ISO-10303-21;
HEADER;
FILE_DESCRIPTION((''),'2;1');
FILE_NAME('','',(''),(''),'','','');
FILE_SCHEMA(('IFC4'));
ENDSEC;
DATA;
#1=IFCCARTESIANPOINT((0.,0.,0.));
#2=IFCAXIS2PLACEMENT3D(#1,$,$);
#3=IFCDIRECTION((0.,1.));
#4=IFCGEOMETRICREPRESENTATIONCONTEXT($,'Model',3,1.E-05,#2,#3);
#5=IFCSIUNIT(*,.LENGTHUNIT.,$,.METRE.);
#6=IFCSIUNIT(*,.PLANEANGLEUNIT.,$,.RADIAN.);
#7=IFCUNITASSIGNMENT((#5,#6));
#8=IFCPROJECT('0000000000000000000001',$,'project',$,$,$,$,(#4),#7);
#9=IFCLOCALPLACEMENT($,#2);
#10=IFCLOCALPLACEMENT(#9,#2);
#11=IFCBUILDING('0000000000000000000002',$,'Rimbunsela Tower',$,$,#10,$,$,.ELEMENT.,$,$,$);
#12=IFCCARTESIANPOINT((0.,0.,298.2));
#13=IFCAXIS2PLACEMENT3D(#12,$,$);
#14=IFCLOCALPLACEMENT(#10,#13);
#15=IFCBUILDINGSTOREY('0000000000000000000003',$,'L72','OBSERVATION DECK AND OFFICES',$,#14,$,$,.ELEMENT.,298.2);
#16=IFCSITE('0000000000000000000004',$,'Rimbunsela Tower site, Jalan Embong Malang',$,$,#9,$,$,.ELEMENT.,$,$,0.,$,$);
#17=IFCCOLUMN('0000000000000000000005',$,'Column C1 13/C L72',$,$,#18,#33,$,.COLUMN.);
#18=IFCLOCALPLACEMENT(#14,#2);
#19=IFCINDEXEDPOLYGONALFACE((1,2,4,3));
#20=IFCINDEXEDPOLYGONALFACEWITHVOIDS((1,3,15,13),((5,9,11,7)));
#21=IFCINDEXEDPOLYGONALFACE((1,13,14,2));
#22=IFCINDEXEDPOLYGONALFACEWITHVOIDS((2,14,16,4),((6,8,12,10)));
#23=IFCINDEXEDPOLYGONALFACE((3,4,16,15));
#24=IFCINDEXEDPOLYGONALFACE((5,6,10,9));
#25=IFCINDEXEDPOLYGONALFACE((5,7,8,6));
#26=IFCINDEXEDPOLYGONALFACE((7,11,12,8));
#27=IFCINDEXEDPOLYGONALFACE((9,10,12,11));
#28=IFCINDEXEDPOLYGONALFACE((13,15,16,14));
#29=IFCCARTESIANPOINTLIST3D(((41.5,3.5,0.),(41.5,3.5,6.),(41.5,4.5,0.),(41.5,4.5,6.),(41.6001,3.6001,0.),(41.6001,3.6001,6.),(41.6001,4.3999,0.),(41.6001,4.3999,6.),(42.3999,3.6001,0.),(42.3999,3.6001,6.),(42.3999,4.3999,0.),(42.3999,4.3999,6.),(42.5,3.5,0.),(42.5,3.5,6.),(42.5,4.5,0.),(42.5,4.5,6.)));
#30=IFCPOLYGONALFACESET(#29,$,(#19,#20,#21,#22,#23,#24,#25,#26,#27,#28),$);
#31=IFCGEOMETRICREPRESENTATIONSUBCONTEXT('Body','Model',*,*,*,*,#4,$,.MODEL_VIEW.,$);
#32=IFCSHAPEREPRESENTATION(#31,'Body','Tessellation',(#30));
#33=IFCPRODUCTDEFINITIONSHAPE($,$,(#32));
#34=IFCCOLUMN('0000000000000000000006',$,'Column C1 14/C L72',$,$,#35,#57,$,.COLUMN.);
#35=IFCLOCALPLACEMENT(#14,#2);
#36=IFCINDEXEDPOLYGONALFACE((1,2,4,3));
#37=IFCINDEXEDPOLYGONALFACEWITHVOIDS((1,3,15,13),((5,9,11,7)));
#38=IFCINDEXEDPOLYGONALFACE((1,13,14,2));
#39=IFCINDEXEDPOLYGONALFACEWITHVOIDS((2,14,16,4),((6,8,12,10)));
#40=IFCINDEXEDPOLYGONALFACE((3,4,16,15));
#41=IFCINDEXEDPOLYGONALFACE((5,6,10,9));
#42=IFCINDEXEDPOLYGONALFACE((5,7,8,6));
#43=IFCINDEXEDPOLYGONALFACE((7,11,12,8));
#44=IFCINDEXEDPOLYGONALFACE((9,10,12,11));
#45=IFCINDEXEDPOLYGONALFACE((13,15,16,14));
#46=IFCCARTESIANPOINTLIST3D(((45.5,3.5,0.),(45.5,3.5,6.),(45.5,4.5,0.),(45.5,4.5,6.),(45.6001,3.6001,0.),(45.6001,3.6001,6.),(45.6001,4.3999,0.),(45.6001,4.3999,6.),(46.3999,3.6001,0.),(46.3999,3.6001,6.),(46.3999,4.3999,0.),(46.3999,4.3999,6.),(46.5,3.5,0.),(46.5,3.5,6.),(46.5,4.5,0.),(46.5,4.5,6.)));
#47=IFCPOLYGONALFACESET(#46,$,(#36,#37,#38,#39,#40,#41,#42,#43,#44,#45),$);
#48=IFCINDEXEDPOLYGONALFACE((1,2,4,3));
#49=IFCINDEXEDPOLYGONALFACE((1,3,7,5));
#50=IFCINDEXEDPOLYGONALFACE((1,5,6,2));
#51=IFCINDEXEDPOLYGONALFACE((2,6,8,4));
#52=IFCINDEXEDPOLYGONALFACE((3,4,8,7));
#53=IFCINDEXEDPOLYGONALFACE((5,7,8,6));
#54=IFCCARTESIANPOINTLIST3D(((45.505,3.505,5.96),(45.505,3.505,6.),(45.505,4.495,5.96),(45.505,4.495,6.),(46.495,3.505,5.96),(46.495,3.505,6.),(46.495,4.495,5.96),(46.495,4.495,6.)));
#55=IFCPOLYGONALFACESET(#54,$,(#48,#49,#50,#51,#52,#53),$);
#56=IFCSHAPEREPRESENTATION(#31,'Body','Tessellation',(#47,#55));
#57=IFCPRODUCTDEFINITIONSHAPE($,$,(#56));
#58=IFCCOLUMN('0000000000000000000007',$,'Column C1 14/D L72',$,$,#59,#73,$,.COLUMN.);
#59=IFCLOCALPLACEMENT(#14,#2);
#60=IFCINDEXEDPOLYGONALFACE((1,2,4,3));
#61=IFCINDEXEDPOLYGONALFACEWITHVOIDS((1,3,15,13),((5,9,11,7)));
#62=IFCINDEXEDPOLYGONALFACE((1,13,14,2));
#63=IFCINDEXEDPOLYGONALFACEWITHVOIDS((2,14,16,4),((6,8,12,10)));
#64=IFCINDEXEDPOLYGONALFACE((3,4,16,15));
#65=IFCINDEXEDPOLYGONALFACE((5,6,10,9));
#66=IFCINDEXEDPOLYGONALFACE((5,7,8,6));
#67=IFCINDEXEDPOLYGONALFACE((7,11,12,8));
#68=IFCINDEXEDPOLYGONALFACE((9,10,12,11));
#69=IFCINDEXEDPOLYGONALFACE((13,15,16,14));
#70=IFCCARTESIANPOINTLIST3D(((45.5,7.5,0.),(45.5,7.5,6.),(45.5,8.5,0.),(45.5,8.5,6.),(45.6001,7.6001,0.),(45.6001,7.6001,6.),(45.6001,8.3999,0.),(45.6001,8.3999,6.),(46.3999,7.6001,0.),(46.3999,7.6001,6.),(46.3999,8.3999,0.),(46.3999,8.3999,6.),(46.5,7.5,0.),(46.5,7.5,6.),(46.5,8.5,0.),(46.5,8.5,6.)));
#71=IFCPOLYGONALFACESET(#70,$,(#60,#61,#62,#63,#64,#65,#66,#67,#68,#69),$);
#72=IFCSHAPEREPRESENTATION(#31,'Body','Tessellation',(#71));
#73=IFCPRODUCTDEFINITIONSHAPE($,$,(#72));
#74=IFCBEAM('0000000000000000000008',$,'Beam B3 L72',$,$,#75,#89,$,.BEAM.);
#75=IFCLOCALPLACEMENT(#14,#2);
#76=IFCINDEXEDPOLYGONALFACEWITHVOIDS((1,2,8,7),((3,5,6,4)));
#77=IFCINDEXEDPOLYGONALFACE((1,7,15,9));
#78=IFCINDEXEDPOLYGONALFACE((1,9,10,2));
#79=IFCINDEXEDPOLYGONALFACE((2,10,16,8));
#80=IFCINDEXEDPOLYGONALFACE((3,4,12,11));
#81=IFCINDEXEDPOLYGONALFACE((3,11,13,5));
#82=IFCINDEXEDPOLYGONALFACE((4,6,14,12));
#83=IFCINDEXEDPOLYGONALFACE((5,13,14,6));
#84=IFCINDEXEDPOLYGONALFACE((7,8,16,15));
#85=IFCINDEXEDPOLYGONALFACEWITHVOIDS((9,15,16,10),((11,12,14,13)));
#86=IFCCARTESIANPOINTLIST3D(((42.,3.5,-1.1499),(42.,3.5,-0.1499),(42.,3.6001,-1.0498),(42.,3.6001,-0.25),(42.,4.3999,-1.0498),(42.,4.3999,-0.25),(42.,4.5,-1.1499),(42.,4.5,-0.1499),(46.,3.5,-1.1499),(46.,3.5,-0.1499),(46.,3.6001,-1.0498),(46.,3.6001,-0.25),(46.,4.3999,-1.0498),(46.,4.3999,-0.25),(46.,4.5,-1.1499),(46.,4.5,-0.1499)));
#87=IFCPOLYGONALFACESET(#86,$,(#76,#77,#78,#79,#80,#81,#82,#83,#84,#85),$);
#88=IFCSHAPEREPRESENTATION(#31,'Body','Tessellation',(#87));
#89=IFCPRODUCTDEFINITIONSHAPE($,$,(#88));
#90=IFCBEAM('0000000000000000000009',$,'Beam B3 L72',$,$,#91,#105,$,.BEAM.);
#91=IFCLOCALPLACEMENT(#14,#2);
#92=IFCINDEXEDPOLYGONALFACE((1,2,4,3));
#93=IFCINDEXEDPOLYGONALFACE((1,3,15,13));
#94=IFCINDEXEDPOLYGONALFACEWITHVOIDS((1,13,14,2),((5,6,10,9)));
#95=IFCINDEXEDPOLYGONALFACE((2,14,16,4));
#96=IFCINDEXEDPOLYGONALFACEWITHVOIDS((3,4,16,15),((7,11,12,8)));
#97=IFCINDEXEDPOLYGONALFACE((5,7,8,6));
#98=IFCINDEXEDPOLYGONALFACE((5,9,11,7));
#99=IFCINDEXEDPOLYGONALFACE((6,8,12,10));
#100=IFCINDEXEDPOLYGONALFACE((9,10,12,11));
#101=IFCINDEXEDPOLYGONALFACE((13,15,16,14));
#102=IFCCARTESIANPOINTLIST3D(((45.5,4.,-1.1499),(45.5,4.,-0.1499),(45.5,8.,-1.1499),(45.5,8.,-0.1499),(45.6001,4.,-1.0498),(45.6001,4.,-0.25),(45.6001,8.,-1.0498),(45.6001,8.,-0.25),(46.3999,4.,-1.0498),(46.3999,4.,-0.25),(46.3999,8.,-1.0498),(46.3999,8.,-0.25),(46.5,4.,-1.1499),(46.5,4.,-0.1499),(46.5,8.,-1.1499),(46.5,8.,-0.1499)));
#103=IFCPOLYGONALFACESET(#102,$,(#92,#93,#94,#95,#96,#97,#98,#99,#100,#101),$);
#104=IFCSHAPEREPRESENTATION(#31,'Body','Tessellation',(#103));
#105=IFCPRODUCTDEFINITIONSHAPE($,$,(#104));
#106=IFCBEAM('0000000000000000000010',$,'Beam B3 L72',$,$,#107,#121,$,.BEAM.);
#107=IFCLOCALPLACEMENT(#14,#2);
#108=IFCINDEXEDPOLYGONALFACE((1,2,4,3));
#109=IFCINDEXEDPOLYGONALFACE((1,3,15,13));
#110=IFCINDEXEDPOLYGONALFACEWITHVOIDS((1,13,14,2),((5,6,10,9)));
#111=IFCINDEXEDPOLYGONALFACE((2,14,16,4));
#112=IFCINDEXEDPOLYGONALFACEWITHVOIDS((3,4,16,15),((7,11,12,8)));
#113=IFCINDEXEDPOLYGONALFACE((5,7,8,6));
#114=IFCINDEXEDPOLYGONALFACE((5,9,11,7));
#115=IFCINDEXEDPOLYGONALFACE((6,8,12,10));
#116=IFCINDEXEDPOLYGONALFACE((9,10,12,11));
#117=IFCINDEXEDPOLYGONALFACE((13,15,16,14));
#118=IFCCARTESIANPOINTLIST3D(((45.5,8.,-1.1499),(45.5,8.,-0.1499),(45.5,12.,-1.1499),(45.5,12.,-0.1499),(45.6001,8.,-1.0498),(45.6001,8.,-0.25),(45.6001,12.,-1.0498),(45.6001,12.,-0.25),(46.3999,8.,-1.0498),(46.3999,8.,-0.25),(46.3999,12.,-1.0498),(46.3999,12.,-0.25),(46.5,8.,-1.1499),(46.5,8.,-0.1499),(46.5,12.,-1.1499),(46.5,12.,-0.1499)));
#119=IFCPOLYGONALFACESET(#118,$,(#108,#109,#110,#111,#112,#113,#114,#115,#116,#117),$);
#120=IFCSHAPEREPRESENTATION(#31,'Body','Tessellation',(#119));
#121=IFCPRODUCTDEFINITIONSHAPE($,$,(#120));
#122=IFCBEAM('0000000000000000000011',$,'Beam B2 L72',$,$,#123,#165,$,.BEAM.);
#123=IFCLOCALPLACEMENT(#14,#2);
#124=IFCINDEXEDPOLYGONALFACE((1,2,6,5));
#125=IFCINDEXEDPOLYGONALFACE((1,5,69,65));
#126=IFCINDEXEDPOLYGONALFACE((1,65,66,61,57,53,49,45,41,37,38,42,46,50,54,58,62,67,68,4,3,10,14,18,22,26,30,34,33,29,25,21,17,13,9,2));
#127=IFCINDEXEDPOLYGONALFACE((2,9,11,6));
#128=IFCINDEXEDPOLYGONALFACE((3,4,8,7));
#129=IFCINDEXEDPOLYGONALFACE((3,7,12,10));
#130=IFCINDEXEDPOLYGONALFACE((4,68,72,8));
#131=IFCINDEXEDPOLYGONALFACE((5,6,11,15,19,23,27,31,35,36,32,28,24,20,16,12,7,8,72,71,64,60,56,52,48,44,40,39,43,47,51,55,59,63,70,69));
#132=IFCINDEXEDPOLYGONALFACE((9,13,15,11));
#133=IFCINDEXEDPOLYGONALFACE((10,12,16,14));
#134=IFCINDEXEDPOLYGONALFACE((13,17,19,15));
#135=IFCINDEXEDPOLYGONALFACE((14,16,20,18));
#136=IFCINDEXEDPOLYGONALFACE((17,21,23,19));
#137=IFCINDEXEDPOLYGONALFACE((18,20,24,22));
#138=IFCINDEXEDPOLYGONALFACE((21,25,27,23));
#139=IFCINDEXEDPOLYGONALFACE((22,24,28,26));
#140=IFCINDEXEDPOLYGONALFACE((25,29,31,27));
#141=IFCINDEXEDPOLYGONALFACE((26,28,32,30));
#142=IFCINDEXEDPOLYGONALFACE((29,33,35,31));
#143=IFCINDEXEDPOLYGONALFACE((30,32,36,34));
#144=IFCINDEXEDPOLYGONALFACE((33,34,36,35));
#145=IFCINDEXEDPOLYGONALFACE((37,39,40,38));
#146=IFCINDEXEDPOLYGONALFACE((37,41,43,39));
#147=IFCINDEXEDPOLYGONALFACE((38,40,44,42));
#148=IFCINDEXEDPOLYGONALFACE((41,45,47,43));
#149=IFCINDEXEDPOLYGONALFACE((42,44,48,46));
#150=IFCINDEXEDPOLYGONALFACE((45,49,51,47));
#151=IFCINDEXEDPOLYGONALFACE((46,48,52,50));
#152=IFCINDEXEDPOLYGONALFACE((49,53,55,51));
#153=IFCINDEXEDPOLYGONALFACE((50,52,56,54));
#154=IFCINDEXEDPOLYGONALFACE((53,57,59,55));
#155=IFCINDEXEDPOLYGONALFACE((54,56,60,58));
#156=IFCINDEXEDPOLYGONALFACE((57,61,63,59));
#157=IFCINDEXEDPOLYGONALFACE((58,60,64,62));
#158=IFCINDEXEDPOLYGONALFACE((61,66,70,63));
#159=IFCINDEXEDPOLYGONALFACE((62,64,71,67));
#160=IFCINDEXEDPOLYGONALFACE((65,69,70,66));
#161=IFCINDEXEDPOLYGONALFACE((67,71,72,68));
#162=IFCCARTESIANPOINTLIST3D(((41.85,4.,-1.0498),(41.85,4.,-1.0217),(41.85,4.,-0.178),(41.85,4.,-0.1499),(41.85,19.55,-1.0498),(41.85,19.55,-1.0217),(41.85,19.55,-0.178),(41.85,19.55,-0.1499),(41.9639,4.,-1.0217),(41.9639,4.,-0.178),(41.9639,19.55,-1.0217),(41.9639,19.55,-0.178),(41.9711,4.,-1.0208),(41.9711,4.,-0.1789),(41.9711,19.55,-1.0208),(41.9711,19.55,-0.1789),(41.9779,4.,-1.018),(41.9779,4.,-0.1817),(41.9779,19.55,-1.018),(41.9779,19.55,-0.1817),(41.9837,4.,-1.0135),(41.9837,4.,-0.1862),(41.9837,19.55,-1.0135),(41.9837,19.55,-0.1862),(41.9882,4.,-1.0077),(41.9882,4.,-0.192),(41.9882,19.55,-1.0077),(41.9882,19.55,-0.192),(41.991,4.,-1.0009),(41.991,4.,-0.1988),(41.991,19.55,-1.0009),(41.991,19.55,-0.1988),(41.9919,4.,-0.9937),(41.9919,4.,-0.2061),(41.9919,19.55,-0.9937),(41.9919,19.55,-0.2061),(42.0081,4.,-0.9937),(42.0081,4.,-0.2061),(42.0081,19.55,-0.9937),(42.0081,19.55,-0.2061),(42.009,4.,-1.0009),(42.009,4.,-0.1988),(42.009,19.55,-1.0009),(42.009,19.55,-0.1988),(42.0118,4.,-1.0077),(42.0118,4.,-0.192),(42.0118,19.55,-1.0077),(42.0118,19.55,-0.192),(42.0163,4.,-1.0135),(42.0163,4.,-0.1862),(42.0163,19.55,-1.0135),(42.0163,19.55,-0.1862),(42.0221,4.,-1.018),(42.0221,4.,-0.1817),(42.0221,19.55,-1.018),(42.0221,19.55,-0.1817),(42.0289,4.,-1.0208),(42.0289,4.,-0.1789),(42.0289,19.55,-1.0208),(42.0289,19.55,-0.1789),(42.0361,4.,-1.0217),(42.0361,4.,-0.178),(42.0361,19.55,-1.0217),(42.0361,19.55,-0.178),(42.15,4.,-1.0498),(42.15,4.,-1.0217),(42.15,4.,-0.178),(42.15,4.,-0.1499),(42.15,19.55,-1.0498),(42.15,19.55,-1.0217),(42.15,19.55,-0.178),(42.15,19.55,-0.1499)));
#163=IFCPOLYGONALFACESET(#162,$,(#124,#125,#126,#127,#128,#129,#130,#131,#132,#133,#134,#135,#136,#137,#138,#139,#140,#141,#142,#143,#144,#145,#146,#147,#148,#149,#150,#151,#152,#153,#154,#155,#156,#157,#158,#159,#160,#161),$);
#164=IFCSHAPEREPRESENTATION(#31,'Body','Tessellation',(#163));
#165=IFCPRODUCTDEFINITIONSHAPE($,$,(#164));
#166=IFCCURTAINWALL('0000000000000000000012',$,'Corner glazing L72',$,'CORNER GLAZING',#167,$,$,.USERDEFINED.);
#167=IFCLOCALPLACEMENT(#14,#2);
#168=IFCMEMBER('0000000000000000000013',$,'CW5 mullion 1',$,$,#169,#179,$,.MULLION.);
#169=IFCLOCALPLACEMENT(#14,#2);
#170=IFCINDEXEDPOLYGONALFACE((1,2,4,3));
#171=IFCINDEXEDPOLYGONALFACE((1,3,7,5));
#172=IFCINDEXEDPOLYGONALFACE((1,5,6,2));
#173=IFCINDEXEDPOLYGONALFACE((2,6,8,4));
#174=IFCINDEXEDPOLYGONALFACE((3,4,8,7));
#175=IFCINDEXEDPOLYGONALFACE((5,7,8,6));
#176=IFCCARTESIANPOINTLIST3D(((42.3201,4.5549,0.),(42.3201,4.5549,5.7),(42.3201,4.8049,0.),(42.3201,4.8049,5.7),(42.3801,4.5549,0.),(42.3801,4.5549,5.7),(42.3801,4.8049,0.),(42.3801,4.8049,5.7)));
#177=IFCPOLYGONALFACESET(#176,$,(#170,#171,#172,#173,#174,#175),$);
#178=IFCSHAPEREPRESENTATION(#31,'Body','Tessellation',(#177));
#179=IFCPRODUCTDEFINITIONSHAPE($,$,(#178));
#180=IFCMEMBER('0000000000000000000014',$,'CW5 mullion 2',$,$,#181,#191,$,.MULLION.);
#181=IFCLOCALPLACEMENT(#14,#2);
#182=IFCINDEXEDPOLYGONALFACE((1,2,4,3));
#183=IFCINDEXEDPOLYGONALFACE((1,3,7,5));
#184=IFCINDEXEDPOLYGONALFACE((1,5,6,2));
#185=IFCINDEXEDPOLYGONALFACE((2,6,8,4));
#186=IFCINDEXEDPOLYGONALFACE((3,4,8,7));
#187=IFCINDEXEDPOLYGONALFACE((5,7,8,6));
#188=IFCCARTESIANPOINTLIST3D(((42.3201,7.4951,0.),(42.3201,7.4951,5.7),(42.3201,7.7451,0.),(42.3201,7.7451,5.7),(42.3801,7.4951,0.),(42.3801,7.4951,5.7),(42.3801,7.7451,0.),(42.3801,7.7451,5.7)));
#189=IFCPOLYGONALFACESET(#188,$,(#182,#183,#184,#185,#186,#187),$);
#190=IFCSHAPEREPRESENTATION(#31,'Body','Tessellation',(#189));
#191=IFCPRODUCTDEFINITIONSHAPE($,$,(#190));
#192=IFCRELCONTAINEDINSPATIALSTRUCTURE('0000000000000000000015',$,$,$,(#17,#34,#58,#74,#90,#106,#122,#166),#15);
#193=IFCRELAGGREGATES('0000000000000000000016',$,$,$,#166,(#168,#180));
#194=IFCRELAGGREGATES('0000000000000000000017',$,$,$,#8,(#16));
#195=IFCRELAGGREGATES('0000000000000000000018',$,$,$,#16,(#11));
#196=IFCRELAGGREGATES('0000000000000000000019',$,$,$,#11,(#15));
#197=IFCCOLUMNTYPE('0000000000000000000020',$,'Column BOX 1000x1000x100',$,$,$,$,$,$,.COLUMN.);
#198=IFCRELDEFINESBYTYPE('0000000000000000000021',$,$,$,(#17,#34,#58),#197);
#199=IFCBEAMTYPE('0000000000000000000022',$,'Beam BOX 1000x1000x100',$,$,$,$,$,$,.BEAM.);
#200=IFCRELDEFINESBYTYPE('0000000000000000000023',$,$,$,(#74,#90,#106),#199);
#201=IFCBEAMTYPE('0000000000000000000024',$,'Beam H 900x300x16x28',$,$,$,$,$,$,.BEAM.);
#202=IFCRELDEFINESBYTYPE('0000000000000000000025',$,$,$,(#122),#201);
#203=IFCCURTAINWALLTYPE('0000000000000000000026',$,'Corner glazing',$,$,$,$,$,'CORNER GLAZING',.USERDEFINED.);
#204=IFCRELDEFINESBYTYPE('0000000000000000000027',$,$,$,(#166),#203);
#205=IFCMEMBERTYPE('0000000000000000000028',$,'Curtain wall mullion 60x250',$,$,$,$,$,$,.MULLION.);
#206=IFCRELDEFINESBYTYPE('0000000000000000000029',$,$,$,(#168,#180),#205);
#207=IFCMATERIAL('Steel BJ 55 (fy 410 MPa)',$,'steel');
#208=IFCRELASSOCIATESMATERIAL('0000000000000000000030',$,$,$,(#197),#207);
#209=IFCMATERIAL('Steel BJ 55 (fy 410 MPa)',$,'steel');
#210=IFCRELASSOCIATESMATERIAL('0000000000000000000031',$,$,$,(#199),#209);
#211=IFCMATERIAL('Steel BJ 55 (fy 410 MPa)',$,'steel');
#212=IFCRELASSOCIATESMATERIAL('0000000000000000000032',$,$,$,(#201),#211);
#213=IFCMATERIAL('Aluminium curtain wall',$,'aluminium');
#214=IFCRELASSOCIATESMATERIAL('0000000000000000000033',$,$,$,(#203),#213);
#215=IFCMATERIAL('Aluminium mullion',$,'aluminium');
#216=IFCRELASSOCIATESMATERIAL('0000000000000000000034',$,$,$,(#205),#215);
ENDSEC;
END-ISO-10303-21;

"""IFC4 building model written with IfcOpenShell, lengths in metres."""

from ifc_helpers import new_model, si_unit, direction, frame, origin, origin_2d, place, context, subcontext, project, spatial, rectangle, hollow_rectangle, i_section, extrude, material, material_profile, profile_set, type_object, element, aggregate, save


model = new_model("IFC4")

# Units and contexts
model_context = context("Model", 3, precision=1e-05, world=origin(), true_north=direction((0.0, 1.0)))
body_context = subcontext(model_context, "Body", "Model", "MODEL_VIEW")
ifc_project = project(units=[si_unit("LENGTHUNIT", "METRE"), si_unit("PLANEANGLEUNIT", "RADIAN")], contexts=[model_context])

# Site, building, storey
site_placement = place(None, origin())
site = spatial("IfcSite", under=ifc_project, at=site_placement, Name="Rimbunsela Tower site, Jalan Embong Malang", CompositionType="ELEMENT", RefElevation=0.0)
building_placement = place(site_placement, origin())
building = spatial("IfcBuilding", under=site, at=building_placement, Name="Rimbunsela Tower", CompositionType="ELEMENT")
storey_placement = place(building_placement, frame((0.0, 0.0, 298.2)))
storey = spatial("IfcBuildingStorey", under=building, at=storey_placement, Name="L72", Description="OBSERVATION DECK AND OFFICES", CompositionType="ELEMENT", Elevation=298.2)

# Columns
ifc_material_1 = material(Name="Steel BJ 55 (fy 410 MPa)", Category="steel")
ifc_material_profile_1 = material_profile(ifc_material_1, hollow_rectangle(XDim=1.0, YDim=1.0, WallThickness=0.1001, at=origin_2d()), Name="BOX 1000x1000x100")
ifc_profile_set_1 = profile_set([ifc_material_profile_1], Name="Steel BJ 55 (fy 410 MPa)")
column_type = type_object("IfcColumnType", Name="Column BOX 1000x1000x100", PredefinedType="COLUMN", material=ifc_profile_set_1)
column_1_placement = place(storey_placement, frame((42.0, 4.0, 0.0), z_axis=(0.0, 0.0, 1.0), x_axis=(1.0, 0.0, 0.0)))
element("IfcColumn", 1, at=column_1_placement, inside=storey, type_object=column_type, Name="Column C1 13/C L72", PredefinedType="COLUMN", context=body_context, shape_type="SweptSolid", body=[
    extrude(hollow_rectangle(XDim=1.0, YDim=1.0, WallThickness=0.1001, at=origin_2d()), origin(), (0.0, 0.0, 1.0), 6.0),
])
column_2_placement = place(storey_placement, frame((46.0, 4.0, 0.0), z_axis=(0.0, 0.0, 1.0), x_axis=(1.0, 0.0, 0.0)))
element("IfcColumn", 2, at=column_2_placement, inside=storey, type_object=column_type, Name="Column C1 14/C L72", PredefinedType="COLUMN", context=body_context, shape_type="SweptSolid", body=[
    extrude(hollow_rectangle(XDim=1.0, YDim=1.0, WallThickness=0.1001, at=origin_2d()), origin(), (0.0, 0.0, 1.0), 6.0),
    extrude(rectangle(XDim=0.99, YDim=0.99, at=origin_2d()), frame((0.0, 0.0, 5.96)), (0.0, 0.0, 1.0), 0.04),
])
column_3_placement = place(storey_placement, frame((46.0, 8.0, 0.0), z_axis=(0.0, 0.0, 1.0), x_axis=(1.0, 0.0, 0.0)))
element("IfcColumn", 3, at=column_3_placement, inside=storey, type_object=column_type, Name="Column C1 14/D L72", PredefinedType="COLUMN", context=body_context, shape_type="SweptSolid", body=[
    extrude(hollow_rectangle(XDim=1.0, YDim=1.0, WallThickness=0.1001, at=origin_2d()), origin(), (0.0, 0.0, 1.0), 6.0),
])

# Beams
ifc_material_2 = material(Name="Steel BJ 55 (fy 410 MPa)", Category="steel")
ifc_material_profile_2 = material_profile(ifc_material_2, hollow_rectangle(XDim=1.0, YDim=1.0, WallThickness=0.1001, at=origin_2d()), Name="BOX 1000x1000x100")
ifc_profile_set_2 = profile_set([ifc_material_profile_2], Name="Steel BJ 55 (fy 410 MPa)")
beam_type_1 = type_object("IfcBeamType", Name="Beam BOX 1000x1000x100", PredefinedType="BEAM", material=ifc_profile_set_2)
for number, where, z_axis, x_axis, name in (
    (4, (42.0, 4.0, -0.6499), (1.0, 0.0, 0.0), (0.0, 1.0, 0.0), "Beam B3 L72"),
    (5, (46.0, 4.0, -0.6499), (0.0, 1.0, 0.0), (-1.0, 0.0, 0.0), "Beam B3 L72"),
    (6, (46.0, 8.0, -0.6499), (0.0, 1.0, 0.0), (-1.0, 0.0, 0.0), "Beam B3 L72"),
):
    element("IfcBeam", number, at=place(storey_placement, frame(where, z_axis=z_axis, x_axis=x_axis)), inside=storey, type_object=beam_type_1, Name=name, PredefinedType="BEAM", context=body_context, shape_type="SweptSolid", body=[
        extrude(hollow_rectangle(XDim=1.0, YDim=1.0, WallThickness=0.1001, at=origin_2d()), origin(), (0.0, 0.0, 1.0), 4.0),
    ])
ifc_material_3 = material(Name="Steel BJ 55 (fy 410 MPa)", Category="steel")
ifc_material_profile_3 = material_profile(ifc_material_3, i_section(OverallWidth=0.3, OverallDepth=0.8999, WebThickness=0.0161, FlangeThickness=0.0281, FilletRadius=0.0281, at=origin_2d()), Name="H 900x300x16x28")
ifc_profile_set_3 = profile_set([ifc_material_profile_3], Name="Steel BJ 55 (fy 410 MPa)")
beam_type_2 = type_object("IfcBeamType", Name="Beam H 900x300x16x28", PredefinedType="BEAM", material=ifc_profile_set_3)
beam_placement = place(storey_placement, frame((42.0, 4.0, -0.5999), z_axis=(0.0, 1.0, 0.0), x_axis=(-1.0, 0.0, 0.0)))
element("IfcBeam", 7, at=beam_placement, inside=storey, type_object=beam_type_2, Name="Beam B2 L72", PredefinedType="BEAM", context=body_context, shape_type="SweptSolid", body=[
    extrude(i_section(OverallWidth=0.3, OverallDepth=0.8999, WebThickness=0.0161, FlangeThickness=0.0281, FilletRadius=0.0281, at=origin_2d()), origin(), (0.0, 0.0, 1.0), 15.55),
])

# Curtain wall, members
ifc_material_4 = material(Name="Aluminium curtain wall", Category="aluminium")
curtain_wall_type_1 = type_object("IfcCurtainWallType", Name="Corner glazing", ElementType="CORNER GLAZING", PredefinedType="USERDEFINED", material=ifc_material_4)
curtain_wall_1_placement = place(storey_placement, origin())
curtain_wall_1 = element("IfcCurtainWall", 8, at=curtain_wall_1_placement, inside=storey, type_object=curtain_wall_type_1, Name="Corner glazing L72", ObjectType="CORNER GLAZING", PredefinedType="USERDEFINED")
ifc_material_5 = material(Name="Aluminium mullion", Category="aluminium")
ifc_material_profile_4 = material_profile(ifc_material_5, rectangle(XDim=0.0601, YDim=0.25, at=origin_2d()), Name="Mullion 60x250")
ifc_profile_set_4 = profile_set([ifc_material_profile_4], Name="Aluminium mullion")
member_type_1 = type_object("IfcMemberType", Name="Curtain wall mullion 60x250", PredefinedType="MULLION", material=ifc_profile_set_4)
member_1_placement = place(storey_placement, frame((42.3501, 4.6799, 0.0), z_axis=(0.0, 0.0, 1.0), x_axis=(-1.0, 0.0, 0.0)))
member_1 = element("IfcMember", 9, at=member_1_placement, type_object=member_type_1, Name="CW5 mullion 1", PredefinedType="MULLION", context=body_context, shape_type="SweptSolid", body=[
    extrude(rectangle(XDim=0.0601, YDim=0.25, at=origin_2d()), origin(), (0.0, 0.0, 1.0), 5.7),
])
member_2_placement = place(storey_placement, frame((42.3501, 7.6201, 0.0), z_axis=(0.0, 0.0, 1.0), x_axis=(-1.0, 0.0, 0.0)))
member_2 = element("IfcMember", 10, at=member_2_placement, type_object=member_type_1, Name="CW5 mullion 2", PredefinedType="MULLION", context=body_context, shape_type="SweptSolid", body=[
    extrude(rectangle(XDim=0.0601, YDim=0.25, at=origin_2d()), origin(), (0.0, 0.0, 1.0), 5.7),
])

aggregate(curtain_wall_1, [member_1, member_2])

save(model, "model.ifc")
